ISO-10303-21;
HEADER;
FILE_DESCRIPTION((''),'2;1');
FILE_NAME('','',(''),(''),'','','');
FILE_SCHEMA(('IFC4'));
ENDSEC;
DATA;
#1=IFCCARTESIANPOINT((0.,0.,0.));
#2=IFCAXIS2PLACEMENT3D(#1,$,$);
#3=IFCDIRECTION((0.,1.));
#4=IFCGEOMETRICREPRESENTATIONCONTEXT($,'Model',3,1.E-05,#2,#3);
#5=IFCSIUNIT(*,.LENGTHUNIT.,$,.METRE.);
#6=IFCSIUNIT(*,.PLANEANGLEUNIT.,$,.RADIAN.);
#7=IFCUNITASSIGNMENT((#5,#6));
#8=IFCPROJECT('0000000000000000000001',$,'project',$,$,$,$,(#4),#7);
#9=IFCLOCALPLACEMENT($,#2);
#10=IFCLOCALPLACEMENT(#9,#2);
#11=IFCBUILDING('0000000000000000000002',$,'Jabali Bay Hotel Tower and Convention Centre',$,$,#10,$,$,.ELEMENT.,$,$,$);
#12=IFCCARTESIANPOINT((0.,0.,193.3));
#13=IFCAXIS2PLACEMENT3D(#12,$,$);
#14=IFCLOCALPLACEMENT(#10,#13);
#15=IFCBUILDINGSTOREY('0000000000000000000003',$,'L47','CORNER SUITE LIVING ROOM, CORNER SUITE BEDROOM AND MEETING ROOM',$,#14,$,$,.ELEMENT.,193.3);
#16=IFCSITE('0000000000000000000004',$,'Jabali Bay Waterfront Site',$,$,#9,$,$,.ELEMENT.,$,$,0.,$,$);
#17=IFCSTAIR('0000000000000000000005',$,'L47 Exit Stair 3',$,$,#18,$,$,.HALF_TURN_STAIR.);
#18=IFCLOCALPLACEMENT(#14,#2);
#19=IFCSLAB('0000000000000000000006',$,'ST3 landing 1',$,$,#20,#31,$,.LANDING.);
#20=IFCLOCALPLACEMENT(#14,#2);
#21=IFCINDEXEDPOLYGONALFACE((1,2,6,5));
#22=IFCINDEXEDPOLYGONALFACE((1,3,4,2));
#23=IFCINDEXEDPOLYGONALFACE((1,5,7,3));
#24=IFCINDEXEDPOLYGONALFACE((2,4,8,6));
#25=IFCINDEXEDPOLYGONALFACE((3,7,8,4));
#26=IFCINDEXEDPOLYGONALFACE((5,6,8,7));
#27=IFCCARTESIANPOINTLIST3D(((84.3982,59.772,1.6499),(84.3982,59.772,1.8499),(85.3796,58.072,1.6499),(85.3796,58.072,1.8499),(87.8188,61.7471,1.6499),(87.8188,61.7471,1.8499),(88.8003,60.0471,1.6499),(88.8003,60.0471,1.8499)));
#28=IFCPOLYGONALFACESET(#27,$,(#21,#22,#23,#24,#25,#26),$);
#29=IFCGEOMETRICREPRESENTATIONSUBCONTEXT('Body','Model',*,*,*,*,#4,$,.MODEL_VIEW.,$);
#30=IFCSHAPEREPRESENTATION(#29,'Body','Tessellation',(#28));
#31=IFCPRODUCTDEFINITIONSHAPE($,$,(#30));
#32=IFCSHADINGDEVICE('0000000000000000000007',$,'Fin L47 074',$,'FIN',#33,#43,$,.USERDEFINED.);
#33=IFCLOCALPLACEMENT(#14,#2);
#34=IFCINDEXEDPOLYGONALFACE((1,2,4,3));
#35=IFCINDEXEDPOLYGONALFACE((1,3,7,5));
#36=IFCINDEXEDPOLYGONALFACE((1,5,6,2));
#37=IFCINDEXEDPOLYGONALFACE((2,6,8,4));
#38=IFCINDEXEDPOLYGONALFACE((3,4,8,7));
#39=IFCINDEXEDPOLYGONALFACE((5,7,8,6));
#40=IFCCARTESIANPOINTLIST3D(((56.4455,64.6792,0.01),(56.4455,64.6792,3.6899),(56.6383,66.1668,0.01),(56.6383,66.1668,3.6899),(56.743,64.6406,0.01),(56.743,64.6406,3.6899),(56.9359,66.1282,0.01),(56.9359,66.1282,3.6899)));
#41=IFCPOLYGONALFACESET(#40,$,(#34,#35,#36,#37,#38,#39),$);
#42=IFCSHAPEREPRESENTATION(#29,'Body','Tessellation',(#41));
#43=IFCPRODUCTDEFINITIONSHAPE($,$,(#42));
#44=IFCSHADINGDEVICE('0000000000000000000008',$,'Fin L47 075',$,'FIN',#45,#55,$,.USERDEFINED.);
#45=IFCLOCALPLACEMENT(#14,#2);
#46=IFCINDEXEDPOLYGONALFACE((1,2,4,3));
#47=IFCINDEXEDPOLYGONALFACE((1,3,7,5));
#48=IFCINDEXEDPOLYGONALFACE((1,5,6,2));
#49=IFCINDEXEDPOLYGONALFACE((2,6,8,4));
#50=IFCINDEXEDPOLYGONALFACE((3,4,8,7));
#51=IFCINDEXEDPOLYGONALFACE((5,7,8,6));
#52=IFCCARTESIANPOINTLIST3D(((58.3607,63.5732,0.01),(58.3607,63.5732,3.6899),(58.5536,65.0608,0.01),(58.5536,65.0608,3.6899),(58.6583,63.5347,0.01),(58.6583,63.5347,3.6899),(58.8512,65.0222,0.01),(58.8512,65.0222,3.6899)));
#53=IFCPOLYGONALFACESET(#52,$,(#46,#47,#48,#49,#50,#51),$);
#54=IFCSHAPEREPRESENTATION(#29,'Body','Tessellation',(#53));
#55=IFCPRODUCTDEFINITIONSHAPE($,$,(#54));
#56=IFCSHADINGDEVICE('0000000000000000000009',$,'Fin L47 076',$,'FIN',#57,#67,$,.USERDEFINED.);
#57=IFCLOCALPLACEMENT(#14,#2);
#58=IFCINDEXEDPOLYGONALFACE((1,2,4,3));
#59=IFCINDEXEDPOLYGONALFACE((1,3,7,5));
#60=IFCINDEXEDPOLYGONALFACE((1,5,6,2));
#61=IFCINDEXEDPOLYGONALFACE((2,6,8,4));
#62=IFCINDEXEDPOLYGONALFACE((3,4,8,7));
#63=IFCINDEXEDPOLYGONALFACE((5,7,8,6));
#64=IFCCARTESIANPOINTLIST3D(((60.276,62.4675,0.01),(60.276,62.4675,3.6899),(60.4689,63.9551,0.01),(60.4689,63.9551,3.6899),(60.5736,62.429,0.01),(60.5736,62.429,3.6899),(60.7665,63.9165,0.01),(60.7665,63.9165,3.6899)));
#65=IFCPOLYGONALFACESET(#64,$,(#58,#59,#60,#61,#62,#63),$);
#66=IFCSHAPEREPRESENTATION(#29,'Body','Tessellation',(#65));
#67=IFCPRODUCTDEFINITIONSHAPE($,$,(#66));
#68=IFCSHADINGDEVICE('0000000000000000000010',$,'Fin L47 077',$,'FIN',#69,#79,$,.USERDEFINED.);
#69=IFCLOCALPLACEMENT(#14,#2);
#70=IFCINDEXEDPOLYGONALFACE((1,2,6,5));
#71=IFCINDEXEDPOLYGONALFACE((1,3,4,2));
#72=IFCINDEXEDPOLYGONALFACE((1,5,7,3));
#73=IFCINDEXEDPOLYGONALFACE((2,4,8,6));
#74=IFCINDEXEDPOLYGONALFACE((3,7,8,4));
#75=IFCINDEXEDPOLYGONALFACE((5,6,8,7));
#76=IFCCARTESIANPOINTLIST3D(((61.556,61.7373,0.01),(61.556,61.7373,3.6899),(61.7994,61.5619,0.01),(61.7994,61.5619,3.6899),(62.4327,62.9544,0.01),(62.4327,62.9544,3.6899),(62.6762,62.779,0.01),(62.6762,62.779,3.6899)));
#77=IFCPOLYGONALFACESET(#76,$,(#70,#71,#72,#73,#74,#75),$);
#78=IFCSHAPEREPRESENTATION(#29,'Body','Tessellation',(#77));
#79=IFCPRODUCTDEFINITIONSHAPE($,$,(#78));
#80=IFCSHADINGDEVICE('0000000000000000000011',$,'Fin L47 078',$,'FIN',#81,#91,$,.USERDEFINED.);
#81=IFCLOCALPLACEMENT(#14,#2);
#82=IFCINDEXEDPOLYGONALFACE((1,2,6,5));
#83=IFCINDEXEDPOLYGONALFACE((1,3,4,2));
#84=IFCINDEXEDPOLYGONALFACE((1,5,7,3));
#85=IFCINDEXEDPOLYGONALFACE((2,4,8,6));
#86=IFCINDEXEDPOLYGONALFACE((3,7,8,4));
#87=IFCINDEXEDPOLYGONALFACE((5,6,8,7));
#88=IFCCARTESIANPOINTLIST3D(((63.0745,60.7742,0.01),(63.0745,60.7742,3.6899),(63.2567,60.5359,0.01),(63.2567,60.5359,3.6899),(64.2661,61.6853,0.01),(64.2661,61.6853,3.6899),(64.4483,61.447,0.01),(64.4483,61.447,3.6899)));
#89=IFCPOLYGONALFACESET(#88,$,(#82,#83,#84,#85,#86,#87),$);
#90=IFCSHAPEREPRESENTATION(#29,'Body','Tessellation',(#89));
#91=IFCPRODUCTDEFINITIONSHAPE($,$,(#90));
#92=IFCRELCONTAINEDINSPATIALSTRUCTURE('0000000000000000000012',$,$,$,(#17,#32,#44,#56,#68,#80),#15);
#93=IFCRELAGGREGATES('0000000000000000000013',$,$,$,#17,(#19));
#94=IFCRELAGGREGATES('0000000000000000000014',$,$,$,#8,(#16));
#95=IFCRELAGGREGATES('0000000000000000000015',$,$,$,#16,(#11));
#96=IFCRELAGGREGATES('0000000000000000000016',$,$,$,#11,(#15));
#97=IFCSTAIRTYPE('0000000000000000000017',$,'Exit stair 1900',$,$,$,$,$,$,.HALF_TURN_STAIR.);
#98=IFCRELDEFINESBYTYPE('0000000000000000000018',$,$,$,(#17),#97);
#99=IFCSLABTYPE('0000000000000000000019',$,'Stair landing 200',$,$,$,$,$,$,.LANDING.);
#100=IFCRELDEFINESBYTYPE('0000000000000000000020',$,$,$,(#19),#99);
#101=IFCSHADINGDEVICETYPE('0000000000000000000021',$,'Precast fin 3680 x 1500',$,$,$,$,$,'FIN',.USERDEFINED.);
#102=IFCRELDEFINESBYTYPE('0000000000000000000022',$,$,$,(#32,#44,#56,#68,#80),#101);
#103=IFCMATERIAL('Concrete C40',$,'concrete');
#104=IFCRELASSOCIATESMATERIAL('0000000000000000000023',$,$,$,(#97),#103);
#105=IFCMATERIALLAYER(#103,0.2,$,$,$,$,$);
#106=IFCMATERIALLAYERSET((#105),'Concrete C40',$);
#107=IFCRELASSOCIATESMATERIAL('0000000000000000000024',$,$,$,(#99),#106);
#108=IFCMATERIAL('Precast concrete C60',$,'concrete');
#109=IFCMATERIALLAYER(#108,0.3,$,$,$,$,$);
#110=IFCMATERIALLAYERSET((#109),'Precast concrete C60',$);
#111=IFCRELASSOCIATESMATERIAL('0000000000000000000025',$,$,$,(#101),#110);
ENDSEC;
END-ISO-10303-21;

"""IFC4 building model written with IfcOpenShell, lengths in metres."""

from ifc_helpers import new_model, si_unit, direction, frame, frame_2d, origin, place, context, subcontext, project, spatial, polyline, rectangle, outline, extrude, material, layer, layer_set, type_object, element, aggregate, save


model = new_model("IFC4")

# Units and contexts
model_context = context("Model", 3, precision=1e-05, world=origin(), true_north=direction((0.0, 1.0)))
body_context = subcontext(model_context, "Body", "Model", "MODEL_VIEW")
ifc_project = project(units=[si_unit("LENGTHUNIT", "METRE"), si_unit("PLANEANGLEUNIT", "RADIAN")], contexts=[model_context])

# Site, building, storey
site_placement = place(None, origin())
site = spatial("IfcSite", under=ifc_project, at=site_placement, Name="Jabali Bay Waterfront Site", CompositionType="ELEMENT", RefElevation=0.0)
building_placement = place(site_placement, origin())
building = spatial("IfcBuilding", under=site, at=building_placement, Name="Jabali Bay Hotel Tower and Convention Centre", CompositionType="ELEMENT")
storey_placement = place(building_placement, frame((0.0, 0.0, 193.3)))
storey = spatial("IfcBuildingStorey", under=building, at=storey_placement, Name="L47", Description="CORNER SUITE LIVING ROOM, CORNER SUITE BEDROOM AND MEETING ROOM", CompositionType="ELEMENT", Elevation=193.3)

# Shared definitions
ifc_material_1 = material(Name="Concrete C40", Category="concrete")

# Stair, slab
stair_type = type_object("IfcStairType", Name="Exit stair 1900", PredefinedType="HALF_TURN_STAIR", material=ifc_material_1)
ifc_layer_1 = layer(ifc_material_1, 0.2)
ifc_layer_set_1 = layer_set([ifc_layer_1], Name="Concrete C40")
slab_type_1 = type_object("IfcSlabType", Name="Stair landing 200", PredefinedType="LANDING", material=ifc_layer_set_1)
stair_1_placement = place(storey_placement, origin())
stair_1 = element("IfcStair", 1, at=stair_1_placement, inside=storey, type_object=stair_type, Name="L47 Exit Stair 3", PredefinedType="HALF_TURN_STAIR")
slab_1_placement = place(storey_placement, frame((0.0, 0.0, 1.6499)))
slab_1 = element("IfcSlab", 2, at=slab_1_placement, type_object=slab_type_1, Name="ST3 landing 1", PredefinedType="LANDING", context=body_context, shape_type="SweptSolid", body=[
    extrude(outline(polyline([(84.3982, 59.772), (85.3796, 58.072), (88.8003, 60.0471), (87.8188, 61.7471), (84.3982, 59.772)])), origin(), (0.0, 0.0, 1.0), 0.2),
])
aggregate(stair_1, [slab_1])

# Shading devices
ifc_material_2 = material(Name="Precast concrete C60", Category="concrete")
ifc_layer_2 = layer(ifc_material_2, 0.3)
ifc_layer_set_2 = layer_set([ifc_layer_2], Name="Precast concrete C60")
shading_device_type = type_object("IfcShadingDeviceType", Name="Precast fin 3680 x 1500", ElementType="FIN", PredefinedType="USERDEFINED", material=ifc_layer_set_2)
for number, where, z_axis, x_axis, name in (
    (3, (56.7871, 66.1475, 0.01), (0.0, 0.0, 1.0), (-0.128581, -0.991699, 0.0), "Fin L47 074"),
    (4, (58.7024, 65.0415, 0.01), (0.0, 0.0, 1.0), (-0.128581, -0.991699, 0.0), "Fin L47 075"),
    (5, (60.6177, 63.9358, 0.01), (0.0, 0.0, 1.0), (-0.128581, -0.991699, 0.0), "Fin L47 076"),
    (6, (62.5544, 62.8667, 0.01), (0.0, 0.0, 1.0), (-0.584498, -0.811395, 0.0), "Fin L47 077"),
    (7, (64.3572, 61.5662, 0.01), (0.0, 0.0, 1.0), (-0.794399, -0.607396, 0.0), "Fin L47 078"),
):
    element("IfcShadingDevice", number, at=place(storey_placement, frame(where, z_axis=z_axis, x_axis=x_axis)), inside=storey, type_object=shading_device_type, Name=name, ObjectType="FIN", PredefinedType="USERDEFINED", context=body_context, shape_type="SweptSolid", body=[
        extrude(rectangle(XDim=1.5, YDim=0.3, at=frame_2d((0.75, 0.0))), origin(), (0.0, 0.0, 1.0), 3.6799),
    ])

save(model, "model.ifc")
